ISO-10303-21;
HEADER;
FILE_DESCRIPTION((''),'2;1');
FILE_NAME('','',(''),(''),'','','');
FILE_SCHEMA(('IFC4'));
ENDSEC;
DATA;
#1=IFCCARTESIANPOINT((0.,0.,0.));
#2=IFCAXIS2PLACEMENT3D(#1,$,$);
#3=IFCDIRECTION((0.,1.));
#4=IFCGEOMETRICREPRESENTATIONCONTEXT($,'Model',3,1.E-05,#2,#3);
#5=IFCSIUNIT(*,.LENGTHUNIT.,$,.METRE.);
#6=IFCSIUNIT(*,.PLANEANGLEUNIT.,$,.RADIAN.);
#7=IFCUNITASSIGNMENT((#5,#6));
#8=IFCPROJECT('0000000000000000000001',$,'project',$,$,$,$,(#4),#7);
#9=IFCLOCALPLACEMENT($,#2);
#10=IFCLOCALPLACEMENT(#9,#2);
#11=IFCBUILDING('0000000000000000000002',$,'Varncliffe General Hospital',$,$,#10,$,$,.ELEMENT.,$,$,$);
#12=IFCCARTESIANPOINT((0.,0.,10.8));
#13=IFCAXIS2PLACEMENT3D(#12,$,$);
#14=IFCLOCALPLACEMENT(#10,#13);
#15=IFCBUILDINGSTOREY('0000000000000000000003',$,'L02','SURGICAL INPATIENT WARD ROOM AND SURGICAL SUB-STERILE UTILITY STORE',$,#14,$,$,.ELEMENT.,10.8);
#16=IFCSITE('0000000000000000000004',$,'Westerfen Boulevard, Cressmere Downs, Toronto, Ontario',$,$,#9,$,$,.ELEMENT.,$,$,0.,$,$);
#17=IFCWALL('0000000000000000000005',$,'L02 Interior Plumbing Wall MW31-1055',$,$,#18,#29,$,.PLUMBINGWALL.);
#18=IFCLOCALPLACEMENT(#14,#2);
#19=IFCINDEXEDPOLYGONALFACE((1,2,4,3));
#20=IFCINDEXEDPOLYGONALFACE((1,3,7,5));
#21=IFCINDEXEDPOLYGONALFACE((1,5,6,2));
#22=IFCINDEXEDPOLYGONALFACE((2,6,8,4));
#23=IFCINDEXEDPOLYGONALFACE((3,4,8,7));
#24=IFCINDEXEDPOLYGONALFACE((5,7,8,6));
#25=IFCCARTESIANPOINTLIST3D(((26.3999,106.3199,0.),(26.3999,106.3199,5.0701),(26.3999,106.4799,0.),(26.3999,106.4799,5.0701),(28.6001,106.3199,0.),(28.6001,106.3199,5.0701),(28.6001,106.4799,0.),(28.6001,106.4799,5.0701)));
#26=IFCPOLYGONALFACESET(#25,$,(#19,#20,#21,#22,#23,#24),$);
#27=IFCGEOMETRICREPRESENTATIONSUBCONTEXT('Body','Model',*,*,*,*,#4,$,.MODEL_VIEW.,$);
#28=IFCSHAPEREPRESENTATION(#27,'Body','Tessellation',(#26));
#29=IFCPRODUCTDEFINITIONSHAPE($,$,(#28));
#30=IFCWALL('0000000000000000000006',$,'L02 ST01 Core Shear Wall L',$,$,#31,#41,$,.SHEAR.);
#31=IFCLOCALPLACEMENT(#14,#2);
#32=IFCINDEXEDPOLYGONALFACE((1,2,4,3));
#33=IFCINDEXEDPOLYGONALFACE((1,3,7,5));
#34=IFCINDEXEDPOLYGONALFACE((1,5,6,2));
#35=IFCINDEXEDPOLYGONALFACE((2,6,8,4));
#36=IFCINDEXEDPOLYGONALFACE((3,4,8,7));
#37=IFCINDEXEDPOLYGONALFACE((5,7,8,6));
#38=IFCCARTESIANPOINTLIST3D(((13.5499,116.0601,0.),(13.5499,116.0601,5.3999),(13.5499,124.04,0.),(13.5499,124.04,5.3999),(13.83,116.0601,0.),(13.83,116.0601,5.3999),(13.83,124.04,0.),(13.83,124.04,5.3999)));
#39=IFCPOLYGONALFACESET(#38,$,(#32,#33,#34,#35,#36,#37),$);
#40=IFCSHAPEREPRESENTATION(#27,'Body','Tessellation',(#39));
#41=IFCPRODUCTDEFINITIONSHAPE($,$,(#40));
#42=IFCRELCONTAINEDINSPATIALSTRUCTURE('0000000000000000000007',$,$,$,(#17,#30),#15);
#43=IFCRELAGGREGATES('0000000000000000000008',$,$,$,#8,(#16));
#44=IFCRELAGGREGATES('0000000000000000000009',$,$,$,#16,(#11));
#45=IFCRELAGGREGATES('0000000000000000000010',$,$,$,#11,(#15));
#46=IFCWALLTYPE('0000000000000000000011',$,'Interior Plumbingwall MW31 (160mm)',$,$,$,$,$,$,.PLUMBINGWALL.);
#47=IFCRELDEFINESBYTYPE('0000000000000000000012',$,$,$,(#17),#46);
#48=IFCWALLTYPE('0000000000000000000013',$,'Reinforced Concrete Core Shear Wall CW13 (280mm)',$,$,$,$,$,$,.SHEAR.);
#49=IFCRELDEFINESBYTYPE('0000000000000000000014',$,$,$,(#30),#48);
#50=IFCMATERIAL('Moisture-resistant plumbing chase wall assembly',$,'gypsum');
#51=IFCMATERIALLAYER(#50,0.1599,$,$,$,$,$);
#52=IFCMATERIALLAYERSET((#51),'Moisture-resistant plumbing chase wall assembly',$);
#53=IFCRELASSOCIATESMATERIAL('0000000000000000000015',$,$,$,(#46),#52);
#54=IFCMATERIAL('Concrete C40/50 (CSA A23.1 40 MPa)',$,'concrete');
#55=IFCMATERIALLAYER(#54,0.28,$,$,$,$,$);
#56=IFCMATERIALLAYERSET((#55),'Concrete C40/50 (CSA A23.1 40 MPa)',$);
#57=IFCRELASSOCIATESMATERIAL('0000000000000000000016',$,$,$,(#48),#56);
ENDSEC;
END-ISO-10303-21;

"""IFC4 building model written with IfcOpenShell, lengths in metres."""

from ifc_helpers import new_model, si_unit, direction, frame, frame_2d, origin, place, context, subcontext, project, spatial, rectangle, extrude, material, layer, layer_set, type_object, element, save


model = new_model("IFC4")

# Units and contexts
model_context = context("Model", 3, precision=1e-05, world=origin(), true_north=direction((0.0, 1.0)))
body_context = subcontext(model_context, "Body", "Model", "MODEL_VIEW")
ifc_project = project(units=[si_unit("LENGTHUNIT", "METRE"), si_unit("PLANEANGLEUNIT", "RADIAN")], contexts=[model_context])

# Site, building, storey
site_placement = place(None, origin())
site = spatial("IfcSite", under=ifc_project, at=site_placement, Name="Westerfen Boulevard, Cressmere Downs, Toronto, Ontario", CompositionType="ELEMENT", RefElevation=0.0)
building_placement = place(site_placement, origin())
building = spatial("IfcBuilding", under=site, at=building_placement, Name="Varncliffe General Hospital", CompositionType="ELEMENT")
storey_placement = place(building_placement, frame((0.0, 0.0, 10.8)))
storey = spatial("IfcBuildingStorey", under=building, at=storey_placement, Name="L02", Description="SURGICAL INPATIENT WARD ROOM AND SURGICAL SUB-STERILE UTILITY STORE", CompositionType="ELEMENT", Elevation=10.8)

# Shared definitions
ifc_material_1 = material(Name="Concrete C40/50 (CSA A23.1 40 MPa)", Category="concrete")

# Walls
ifc_material_2 = material(Name="Moisture-resistant plumbing chase wall assembly", Category="gypsum")
ifc_layer_1 = layer(ifc_material_2, 0.1599)
ifc_layer_set_1 = layer_set([ifc_layer_1], Name="Moisture-resistant plumbing chase wall assembly")
wall_type_1 = type_object("IfcWallType", Name="Interior Plumbingwall MW31 (160mm)", PredefinedType="PLUMBINGWALL", material=ifc_layer_set_1)
wall_1_placement = place(storey_placement, frame((26.3999, 106.3999, 0.0), z_axis=(0.0, 0.0, 1.0), x_axis=(1.0, 0.0, 0.0)))
element("IfcWall", 1, at=wall_1_placement, inside=storey, type_object=wall_type_1, Name="L02 Interior Plumbing Wall MW31-1055", PredefinedType="PLUMBINGWALL", context=body_context, shape_type="SweptSolid", body=[
    extrude(rectangle(XDim=2.2002, YDim=0.1599, at=frame_2d((1.1001, 0.0))), origin(), (0.0, 0.0, 1.0), 5.0701),
])
ifc_layer_2 = layer(ifc_material_1, 0.28)
ifc_layer_set_2 = layer_set([ifc_layer_2], Name="Concrete C40/50 (CSA A23.1 40 MPa)")
wall_type_2 = type_object("IfcWallType", Name="Reinforced Concrete Core Shear Wall CW13 (280mm)", PredefinedType="SHEAR", material=ifc_layer_set_2)
wall_2_placement = place(storey_placement, frame((13.6899, 116.0601, 0.0), z_axis=(0.0, 0.0, 1.0), x_axis=(0.0, 1.0, 0.0)))
element("IfcWall", 2, at=wall_2_placement, inside=storey, type_object=wall_type_2, Name="L02 ST01 Core Shear Wall L", PredefinedType="SHEAR", context=body_context, shape_type="SweptSolid", body=[
    extrude(rectangle(XDim=7.98, YDim=0.28, at=frame_2d((3.99, 0.0))), origin(), (0.0, 0.0, 1.0), 5.3999),
])

save(model, "model.ifc")
